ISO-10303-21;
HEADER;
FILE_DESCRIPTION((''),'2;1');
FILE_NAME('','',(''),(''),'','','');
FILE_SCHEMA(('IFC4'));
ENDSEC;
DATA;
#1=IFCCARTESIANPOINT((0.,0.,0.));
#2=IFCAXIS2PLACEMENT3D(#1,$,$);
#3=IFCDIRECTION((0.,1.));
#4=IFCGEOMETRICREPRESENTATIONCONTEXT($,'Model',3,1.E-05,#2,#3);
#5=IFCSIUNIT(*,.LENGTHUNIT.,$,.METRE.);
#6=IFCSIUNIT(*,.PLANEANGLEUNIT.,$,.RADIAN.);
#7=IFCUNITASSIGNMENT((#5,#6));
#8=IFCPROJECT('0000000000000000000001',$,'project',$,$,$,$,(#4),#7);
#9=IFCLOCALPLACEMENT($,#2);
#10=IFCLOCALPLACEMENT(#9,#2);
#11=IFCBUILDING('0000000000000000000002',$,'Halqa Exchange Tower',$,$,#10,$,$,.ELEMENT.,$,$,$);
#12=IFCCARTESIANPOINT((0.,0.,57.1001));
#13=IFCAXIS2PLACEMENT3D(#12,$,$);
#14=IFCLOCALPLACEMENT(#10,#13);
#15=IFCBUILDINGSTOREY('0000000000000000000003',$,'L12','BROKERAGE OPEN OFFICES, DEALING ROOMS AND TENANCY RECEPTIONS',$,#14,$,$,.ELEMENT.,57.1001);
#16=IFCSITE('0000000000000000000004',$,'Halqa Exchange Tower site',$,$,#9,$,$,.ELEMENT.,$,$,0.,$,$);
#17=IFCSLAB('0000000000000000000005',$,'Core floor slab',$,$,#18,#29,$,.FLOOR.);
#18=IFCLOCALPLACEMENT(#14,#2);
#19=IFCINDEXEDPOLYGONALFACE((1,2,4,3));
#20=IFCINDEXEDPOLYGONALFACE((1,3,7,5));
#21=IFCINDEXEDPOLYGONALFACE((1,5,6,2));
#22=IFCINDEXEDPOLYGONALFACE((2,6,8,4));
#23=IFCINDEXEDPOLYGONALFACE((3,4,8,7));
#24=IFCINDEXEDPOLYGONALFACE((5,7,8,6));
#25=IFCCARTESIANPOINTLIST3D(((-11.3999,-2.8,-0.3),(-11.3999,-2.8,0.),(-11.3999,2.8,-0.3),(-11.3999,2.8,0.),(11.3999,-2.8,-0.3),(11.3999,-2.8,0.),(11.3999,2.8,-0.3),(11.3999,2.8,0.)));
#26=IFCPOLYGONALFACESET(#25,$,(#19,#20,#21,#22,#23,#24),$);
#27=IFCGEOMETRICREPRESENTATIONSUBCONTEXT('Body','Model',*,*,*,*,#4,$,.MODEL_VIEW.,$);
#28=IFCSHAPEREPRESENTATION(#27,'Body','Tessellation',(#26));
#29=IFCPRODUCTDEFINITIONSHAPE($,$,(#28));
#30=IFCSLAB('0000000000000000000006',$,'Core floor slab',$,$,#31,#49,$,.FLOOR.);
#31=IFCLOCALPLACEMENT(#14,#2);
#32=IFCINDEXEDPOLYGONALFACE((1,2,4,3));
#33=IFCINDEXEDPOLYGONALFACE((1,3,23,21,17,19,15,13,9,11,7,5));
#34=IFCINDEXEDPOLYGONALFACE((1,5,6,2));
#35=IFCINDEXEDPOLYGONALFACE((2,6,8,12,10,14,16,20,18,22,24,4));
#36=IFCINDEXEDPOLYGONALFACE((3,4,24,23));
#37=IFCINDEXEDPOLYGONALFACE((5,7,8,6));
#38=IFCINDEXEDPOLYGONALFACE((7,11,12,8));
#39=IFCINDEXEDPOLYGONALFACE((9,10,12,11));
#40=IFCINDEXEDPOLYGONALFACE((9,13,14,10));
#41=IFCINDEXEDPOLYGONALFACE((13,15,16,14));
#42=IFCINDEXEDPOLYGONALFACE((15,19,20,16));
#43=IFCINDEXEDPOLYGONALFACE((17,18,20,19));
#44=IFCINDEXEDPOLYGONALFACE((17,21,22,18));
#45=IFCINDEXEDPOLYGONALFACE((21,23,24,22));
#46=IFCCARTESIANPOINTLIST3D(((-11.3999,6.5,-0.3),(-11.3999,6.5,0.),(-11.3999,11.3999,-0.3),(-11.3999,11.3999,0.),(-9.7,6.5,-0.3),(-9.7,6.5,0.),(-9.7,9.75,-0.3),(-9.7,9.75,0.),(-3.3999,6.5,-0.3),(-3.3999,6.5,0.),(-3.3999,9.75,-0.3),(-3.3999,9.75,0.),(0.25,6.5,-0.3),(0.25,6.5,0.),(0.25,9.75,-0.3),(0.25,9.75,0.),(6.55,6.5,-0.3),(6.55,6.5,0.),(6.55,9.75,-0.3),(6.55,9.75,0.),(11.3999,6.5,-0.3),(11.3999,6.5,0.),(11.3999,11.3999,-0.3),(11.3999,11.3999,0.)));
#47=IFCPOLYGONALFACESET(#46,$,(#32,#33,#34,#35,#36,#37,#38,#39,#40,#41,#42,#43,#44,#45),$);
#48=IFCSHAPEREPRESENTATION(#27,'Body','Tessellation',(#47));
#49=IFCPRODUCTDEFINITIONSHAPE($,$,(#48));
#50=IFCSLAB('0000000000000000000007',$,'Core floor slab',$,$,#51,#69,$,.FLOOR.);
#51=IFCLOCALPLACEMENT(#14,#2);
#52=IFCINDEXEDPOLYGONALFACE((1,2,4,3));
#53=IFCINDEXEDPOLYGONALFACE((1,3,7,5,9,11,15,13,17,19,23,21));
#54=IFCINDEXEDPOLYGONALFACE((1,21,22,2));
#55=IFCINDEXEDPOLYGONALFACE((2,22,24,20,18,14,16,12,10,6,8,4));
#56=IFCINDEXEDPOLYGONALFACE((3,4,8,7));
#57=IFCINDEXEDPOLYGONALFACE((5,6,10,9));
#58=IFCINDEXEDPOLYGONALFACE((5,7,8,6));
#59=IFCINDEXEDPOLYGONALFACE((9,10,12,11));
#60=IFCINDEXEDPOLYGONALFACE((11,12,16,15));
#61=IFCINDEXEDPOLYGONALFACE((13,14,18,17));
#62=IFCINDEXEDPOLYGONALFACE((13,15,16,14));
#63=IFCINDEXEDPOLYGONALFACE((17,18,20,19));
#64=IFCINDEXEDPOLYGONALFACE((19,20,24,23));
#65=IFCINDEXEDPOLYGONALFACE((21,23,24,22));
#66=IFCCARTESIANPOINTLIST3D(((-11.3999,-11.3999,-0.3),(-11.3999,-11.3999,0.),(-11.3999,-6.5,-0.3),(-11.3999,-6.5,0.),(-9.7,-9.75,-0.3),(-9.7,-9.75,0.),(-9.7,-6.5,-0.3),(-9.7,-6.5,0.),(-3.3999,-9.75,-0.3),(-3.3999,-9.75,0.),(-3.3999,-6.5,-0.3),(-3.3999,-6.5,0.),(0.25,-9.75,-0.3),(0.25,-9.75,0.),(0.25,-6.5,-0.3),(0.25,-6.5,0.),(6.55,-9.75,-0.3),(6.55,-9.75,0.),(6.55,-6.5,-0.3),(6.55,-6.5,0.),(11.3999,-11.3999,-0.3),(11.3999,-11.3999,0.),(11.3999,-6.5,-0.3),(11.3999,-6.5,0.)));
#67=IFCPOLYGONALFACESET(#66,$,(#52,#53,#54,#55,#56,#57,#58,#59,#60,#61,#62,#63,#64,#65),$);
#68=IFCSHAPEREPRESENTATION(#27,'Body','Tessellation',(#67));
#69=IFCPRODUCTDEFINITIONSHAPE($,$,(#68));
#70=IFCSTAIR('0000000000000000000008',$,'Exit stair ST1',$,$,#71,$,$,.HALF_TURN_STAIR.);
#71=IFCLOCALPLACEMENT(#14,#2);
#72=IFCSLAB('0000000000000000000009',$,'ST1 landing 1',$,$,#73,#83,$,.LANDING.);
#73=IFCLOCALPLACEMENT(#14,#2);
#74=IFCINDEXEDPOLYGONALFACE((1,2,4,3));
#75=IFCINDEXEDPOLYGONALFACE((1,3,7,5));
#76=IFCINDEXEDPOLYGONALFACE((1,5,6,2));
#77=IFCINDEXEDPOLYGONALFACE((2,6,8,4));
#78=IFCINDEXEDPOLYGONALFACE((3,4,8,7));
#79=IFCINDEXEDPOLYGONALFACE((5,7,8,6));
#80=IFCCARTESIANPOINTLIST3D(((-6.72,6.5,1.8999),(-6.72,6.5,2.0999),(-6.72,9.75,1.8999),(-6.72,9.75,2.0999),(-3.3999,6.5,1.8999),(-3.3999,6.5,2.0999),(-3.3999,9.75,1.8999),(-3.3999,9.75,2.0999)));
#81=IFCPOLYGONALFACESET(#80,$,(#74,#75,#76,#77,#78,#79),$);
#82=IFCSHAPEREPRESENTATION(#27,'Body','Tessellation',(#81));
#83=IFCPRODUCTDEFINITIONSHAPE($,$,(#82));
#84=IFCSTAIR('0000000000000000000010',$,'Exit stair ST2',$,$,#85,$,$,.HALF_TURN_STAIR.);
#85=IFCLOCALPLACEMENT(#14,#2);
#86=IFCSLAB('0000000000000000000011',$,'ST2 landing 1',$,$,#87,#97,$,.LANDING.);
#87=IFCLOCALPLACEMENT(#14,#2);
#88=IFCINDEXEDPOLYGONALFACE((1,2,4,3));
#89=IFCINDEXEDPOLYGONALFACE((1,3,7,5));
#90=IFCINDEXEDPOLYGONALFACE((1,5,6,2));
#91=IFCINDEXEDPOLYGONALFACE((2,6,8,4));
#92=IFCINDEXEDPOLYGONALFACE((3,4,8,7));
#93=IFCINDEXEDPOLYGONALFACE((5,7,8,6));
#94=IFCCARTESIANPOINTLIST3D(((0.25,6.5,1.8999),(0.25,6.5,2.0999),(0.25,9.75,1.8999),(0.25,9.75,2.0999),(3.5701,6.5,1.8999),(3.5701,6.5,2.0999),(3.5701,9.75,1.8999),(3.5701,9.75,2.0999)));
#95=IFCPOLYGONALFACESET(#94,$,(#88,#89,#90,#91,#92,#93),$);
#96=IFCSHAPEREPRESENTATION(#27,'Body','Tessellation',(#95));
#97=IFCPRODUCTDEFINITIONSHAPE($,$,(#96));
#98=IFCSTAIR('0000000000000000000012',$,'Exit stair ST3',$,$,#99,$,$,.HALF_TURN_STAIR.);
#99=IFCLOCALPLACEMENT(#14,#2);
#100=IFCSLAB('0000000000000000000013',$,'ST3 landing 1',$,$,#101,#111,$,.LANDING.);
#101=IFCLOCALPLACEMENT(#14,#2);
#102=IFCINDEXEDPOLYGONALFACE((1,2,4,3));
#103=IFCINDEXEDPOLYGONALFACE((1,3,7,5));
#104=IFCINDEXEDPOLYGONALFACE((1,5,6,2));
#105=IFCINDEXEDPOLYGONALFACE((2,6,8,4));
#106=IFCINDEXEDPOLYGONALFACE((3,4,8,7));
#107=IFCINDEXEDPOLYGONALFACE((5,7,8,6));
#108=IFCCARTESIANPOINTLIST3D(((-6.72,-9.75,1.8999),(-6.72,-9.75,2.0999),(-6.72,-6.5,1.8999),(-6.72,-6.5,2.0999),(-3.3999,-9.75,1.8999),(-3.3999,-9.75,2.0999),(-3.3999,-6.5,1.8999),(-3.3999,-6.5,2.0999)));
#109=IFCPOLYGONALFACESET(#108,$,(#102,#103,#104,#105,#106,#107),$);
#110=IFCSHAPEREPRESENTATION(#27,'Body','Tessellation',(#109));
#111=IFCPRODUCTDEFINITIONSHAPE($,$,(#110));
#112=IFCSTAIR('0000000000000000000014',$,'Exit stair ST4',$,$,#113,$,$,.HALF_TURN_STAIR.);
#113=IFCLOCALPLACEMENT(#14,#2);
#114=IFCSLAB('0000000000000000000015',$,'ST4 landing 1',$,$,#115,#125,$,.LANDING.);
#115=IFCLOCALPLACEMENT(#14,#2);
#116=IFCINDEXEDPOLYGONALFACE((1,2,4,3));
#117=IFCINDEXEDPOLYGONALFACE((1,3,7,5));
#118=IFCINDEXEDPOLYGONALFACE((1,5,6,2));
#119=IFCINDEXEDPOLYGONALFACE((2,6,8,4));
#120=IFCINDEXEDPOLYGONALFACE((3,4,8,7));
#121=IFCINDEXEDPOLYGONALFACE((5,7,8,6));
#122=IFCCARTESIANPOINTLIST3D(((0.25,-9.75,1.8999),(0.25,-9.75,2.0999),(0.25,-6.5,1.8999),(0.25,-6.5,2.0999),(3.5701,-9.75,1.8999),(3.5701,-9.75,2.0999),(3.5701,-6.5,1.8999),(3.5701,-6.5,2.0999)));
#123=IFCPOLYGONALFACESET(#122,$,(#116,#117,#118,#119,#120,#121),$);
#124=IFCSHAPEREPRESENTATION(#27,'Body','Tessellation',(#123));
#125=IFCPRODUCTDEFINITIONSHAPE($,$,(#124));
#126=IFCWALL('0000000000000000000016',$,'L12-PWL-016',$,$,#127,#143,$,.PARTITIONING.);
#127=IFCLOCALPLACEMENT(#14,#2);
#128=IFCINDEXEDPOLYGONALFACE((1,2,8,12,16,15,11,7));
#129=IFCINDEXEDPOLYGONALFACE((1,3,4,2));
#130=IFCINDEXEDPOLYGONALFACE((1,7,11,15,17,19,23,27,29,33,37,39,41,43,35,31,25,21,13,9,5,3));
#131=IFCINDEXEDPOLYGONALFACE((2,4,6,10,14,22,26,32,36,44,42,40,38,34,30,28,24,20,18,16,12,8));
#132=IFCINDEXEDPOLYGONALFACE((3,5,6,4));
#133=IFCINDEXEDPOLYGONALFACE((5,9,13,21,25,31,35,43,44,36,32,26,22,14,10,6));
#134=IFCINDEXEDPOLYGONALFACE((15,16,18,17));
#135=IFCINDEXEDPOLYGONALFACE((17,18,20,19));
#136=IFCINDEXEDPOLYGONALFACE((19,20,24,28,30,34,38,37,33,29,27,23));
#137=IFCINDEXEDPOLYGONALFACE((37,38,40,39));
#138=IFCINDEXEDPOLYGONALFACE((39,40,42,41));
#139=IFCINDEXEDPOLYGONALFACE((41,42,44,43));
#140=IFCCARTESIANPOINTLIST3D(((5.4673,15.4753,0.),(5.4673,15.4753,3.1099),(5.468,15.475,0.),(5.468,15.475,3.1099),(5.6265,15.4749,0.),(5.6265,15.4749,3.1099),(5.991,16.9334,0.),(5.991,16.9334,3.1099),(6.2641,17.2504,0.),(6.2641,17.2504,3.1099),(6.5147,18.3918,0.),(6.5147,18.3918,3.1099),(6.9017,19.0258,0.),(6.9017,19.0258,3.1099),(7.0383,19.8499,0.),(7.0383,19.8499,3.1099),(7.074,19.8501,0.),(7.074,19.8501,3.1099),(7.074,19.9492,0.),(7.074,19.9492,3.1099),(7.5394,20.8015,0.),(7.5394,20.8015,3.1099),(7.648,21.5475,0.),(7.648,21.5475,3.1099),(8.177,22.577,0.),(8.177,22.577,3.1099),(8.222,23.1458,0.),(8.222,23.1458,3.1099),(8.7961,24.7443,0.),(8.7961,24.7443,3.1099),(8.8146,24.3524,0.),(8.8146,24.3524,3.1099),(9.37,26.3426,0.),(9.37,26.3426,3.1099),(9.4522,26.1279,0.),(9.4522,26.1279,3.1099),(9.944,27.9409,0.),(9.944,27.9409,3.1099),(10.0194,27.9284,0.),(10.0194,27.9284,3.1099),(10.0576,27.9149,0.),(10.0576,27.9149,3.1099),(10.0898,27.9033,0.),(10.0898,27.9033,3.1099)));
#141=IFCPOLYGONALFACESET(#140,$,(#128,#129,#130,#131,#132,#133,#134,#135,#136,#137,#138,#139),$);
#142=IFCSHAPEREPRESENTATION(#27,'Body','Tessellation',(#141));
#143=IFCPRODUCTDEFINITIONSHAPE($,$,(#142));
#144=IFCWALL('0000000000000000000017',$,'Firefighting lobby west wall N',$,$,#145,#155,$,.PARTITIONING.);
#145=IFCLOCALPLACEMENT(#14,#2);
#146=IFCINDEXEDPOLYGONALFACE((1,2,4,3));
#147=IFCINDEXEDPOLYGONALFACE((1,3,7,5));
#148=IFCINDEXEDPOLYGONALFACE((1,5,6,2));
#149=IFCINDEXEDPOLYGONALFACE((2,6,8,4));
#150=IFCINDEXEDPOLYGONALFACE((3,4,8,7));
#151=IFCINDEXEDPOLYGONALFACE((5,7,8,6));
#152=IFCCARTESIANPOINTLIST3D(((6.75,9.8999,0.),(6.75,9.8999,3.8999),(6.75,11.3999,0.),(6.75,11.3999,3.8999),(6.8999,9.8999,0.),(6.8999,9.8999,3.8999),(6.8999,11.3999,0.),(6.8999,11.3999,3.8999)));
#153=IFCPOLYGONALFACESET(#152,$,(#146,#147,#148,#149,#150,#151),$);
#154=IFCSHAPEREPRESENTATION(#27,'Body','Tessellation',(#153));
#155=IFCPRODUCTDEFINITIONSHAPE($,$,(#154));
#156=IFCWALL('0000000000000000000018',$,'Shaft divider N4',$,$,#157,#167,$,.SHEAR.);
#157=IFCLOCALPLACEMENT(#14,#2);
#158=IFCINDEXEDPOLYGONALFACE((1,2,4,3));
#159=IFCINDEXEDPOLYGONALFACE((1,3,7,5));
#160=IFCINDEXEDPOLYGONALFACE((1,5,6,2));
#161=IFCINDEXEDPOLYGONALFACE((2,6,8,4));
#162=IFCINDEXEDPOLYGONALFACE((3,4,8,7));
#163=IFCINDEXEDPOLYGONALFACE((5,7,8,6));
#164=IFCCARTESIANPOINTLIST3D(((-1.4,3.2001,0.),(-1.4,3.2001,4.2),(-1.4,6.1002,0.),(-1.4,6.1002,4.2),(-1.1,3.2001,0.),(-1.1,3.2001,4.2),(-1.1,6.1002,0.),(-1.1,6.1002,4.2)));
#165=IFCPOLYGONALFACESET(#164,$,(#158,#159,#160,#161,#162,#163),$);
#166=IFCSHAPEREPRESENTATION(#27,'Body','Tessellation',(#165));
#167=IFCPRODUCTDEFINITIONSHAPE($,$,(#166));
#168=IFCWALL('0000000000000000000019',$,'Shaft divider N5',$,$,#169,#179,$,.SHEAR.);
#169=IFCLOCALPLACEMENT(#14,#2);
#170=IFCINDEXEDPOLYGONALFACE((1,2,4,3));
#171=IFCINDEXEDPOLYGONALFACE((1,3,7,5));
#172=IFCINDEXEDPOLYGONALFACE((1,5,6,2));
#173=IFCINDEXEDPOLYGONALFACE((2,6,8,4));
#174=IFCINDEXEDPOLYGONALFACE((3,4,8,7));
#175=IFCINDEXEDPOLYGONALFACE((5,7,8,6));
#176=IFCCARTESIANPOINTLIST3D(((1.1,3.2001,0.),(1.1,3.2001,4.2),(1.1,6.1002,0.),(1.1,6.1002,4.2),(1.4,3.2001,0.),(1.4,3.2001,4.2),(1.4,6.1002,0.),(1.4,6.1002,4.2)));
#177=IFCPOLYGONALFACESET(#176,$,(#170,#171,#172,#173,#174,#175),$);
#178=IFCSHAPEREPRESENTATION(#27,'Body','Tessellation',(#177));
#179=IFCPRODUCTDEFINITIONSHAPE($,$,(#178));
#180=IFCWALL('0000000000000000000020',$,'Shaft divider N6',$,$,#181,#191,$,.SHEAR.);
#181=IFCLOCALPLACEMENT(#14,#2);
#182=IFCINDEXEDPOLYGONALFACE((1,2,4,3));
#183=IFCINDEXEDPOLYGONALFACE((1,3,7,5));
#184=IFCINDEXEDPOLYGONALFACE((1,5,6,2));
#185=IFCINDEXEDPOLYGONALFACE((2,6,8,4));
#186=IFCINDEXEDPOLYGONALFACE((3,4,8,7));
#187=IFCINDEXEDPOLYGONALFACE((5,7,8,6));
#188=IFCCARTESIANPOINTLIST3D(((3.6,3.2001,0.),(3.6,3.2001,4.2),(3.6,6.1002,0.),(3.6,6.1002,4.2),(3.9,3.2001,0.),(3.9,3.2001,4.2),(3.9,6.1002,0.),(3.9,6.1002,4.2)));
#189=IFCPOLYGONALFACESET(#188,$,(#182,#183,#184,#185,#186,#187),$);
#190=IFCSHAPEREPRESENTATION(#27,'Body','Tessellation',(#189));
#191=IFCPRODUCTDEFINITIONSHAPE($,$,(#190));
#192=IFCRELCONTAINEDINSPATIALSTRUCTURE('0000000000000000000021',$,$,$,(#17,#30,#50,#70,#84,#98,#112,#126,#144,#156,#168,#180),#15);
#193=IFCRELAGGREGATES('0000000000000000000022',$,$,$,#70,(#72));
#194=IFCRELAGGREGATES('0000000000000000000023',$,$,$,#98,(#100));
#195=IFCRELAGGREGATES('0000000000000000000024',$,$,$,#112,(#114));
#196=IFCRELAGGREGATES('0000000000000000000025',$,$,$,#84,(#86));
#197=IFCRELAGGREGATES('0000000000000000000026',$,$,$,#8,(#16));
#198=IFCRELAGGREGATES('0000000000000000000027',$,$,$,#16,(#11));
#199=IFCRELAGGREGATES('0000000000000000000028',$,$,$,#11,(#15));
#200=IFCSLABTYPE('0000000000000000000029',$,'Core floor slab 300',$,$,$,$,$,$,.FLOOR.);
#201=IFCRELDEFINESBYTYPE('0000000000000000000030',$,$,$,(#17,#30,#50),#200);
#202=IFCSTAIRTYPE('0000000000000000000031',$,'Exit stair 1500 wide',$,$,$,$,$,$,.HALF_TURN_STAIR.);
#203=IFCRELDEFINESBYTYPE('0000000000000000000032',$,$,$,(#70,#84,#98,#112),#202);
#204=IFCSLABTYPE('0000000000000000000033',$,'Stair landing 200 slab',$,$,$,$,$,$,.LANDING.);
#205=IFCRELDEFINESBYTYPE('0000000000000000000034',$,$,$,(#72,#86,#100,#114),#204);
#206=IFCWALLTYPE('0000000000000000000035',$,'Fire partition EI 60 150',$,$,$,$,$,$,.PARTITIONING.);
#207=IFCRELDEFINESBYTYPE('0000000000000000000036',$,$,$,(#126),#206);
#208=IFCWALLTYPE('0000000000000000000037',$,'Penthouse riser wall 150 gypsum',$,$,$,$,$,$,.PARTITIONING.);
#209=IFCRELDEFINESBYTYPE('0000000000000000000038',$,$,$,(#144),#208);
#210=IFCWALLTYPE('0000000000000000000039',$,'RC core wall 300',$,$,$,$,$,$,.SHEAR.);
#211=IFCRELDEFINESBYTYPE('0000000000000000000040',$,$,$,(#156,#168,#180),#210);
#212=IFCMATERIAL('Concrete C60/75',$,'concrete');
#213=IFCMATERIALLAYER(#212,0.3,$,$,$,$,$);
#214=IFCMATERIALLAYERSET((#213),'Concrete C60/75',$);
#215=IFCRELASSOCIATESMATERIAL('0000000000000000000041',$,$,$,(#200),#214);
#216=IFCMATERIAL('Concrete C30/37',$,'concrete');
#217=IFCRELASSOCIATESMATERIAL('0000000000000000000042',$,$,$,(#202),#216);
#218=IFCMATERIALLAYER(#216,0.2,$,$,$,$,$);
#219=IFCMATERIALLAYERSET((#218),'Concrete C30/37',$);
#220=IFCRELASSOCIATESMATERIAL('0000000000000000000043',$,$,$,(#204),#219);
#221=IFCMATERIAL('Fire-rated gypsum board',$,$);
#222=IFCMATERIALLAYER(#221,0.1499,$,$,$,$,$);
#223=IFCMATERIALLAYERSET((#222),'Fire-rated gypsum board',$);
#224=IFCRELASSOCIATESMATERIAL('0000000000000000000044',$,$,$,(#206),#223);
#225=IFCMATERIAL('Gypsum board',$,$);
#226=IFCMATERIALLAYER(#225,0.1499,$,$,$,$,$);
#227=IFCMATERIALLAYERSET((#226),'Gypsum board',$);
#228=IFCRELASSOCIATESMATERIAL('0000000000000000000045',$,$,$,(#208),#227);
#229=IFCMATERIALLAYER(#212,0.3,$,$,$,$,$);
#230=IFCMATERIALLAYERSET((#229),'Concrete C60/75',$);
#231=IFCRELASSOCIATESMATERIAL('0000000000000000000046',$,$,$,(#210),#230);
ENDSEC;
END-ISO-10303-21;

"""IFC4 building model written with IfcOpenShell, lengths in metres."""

from ifc_helpers import new_model, si_unit, direction, frame, frame_2d, origin, place, context, subcontext, project, spatial, polyline, rectangle, outline, extrude, material, layer, layer_set, type_object, element, aggregate, save


model = new_model("IFC4")

# Units and contexts
model_context = context("Model", 3, precision=1e-05, world=origin(), true_north=direction((0.0, 1.0)))
body_context = subcontext(model_context, "Body", "Model", "MODEL_VIEW")
ifc_project = project(units=[si_unit("LENGTHUNIT", "METRE"), si_unit("PLANEANGLEUNIT", "RADIAN")], contexts=[model_context])

# Site, building, storey
site_placement = place(None, origin())
site = spatial("IfcSite", under=ifc_project, at=site_placement, Name="Halqa Exchange Tower site", CompositionType="ELEMENT", RefElevation=0.0)
building_placement = place(site_placement, origin())
building = spatial("IfcBuilding", under=site, at=building_placement, Name="Halqa Exchange Tower", CompositionType="ELEMENT")
storey_placement = place(building_placement, frame((0.0, 0.0, 57.1001)))
storey = spatial("IfcBuildingStorey", under=building, at=storey_placement, Name="L12", Description="BROKERAGE OPEN OFFICES, DEALING ROOMS AND TENANCY RECEPTIONS", CompositionType="ELEMENT", Elevation=57.1001)

# Shared definitions
ifc_material_1 = material(Name="Concrete C60/75", Category="concrete")

# Slabs
ifc_layer_1 = layer(ifc_material_1, 0.3)
ifc_layer_set_1 = layer_set([ifc_layer_1], Name="Concrete C60/75")
slab_type_1 = type_object("IfcSlabType", Name="Core floor slab 300", PredefinedType="FLOOR", material=ifc_layer_set_1)
slab_1_placement = place(storey_placement, frame((0.0, 0.0, -0.3)))
element("IfcSlab", 1, at=slab_1_placement, inside=storey, type_object=slab_type_1, Name="Core floor slab", PredefinedType="FLOOR", context=body_context, shape_type="SweptSolid", body=[
    extrude(outline(polyline([(-11.3999, 2.8), (11.3999, 2.8), (11.3999, -2.8), (-11.3999, -2.8), (-11.3999, 2.8)])), origin(), (0.0, 0.0, 1.0), 0.3),
])
slab_2_placement = place(storey_placement, frame((0.0, 0.0, -0.3)))
element("IfcSlab", 2, at=slab_2_placement, inside=storey, type_object=slab_type_1, Name="Core floor slab", PredefinedType="FLOOR", context=body_context, shape_type="SweptSolid", body=[
    extrude(outline(polyline([(-11.3999, 11.3999), (11.3999, 11.3999), (11.3999, 6.5), (6.55, 6.5), (6.55, 9.75), (0.25, 9.75), (0.25, 6.5), (-3.3999, 6.5), (-3.3999, 9.75), (-9.7, 9.75), (-9.7, 6.5), (-11.3999, 6.5), (-11.3999, 11.3999)])), origin(), (0.0, 0.0, 1.0), 0.3),
])
slab_3_placement = place(storey_placement, frame((0.0, 0.0, -0.3)))
element("IfcSlab", 3, at=slab_3_placement, inside=storey, type_object=slab_type_1, Name="Core floor slab", PredefinedType="FLOOR", context=body_context, shape_type="SweptSolid", body=[
    extrude(outline(polyline([(-9.7, -9.75), (-3.3999, -9.75), (-3.3999, -6.5), (0.25, -6.5), (0.25, -9.75), (6.55, -9.75), (6.55, -6.5), (11.3999, -6.5), (11.3999, -11.3999), (-11.3999, -11.3999), (-11.3999, -6.5), (-9.7, -6.5), (-9.7, -9.75)])), origin(), (0.0, 0.0, 1.0), 0.3),
])

# Stairs, slabs
ifc_material_2 = material(Name="Concrete C30/37", Category="concrete")
stair_type = type_object("IfcStairType", Name="Exit stair 1500 wide", PredefinedType="HALF_TURN_STAIR", material=ifc_material_2)
stair_1_placement = place(storey_placement, origin())
stair_1 = element("IfcStair", 4, at=stair_1_placement, inside=storey, type_object=stair_type, Name="Exit stair ST1", PredefinedType="HALF_TURN_STAIR")
ifc_layer_2 = layer(ifc_material_2, 0.2)
ifc_layer_set_2 = layer_set([ifc_layer_2], Name="Concrete C30/37")
slab_type_2 = type_object("IfcSlabType", Name="Stair landing 200 slab", PredefinedType="LANDING", material=ifc_layer_set_2)
slab_4_placement = place(storey_placement, frame((0.0, 0.0, 1.8999)))
slab_4 = element("IfcSlab", 5, at=slab_4_placement, type_object=slab_type_2, Name="ST1 landing 1", PredefinedType="LANDING", context=body_context, shape_type="SweptSolid", body=[
    extrude(outline(polyline([(-6.72, 6.5), (-3.3999, 6.5), (-3.3999, 9.75), (-6.72, 9.75), (-6.72, 6.5)])), origin(), (0.0, 0.0, 1.0), 0.2),
])
aggregate(stair_1, [slab_4])
stair_2_placement = place(storey_placement, origin())
stair_2 = element("IfcStair", 6, at=stair_2_placement, inside=storey, type_object=stair_type, Name="Exit stair ST2", PredefinedType="HALF_TURN_STAIR")
slab_5_placement = place(storey_placement, frame((0.0, 0.0, 1.8999)))
slab_5 = element("IfcSlab", 7, at=slab_5_placement, type_object=slab_type_2, Name="ST2 landing 1", PredefinedType="LANDING", context=body_context, shape_type="SweptSolid", body=[
    extrude(outline(polyline([(0.25, 6.5), (3.5701, 6.5), (3.5701, 9.75), (0.25, 9.75), (0.25, 6.5)])), origin(), (0.0, 0.0, 1.0), 0.2),
])
stair_3_placement = place(storey_placement, origin())
stair_3 = element("IfcStair", 8, at=stair_3_placement, inside=storey, type_object=stair_type, Name="Exit stair ST3", PredefinedType="HALF_TURN_STAIR")
slab_6_placement = place(storey_placement, frame((0.0, 0.0, 1.8999)))
slab_6 = element("IfcSlab", 9, at=slab_6_placement, type_object=slab_type_2, Name="ST3 landing 1", PredefinedType="LANDING", context=body_context, shape_type="SweptSolid", body=[
    extrude(outline(polyline([(-6.72, -9.75), (-3.3999, -9.75), (-3.3999, -6.5), (-6.72, -6.5), (-6.72, -9.75)])), origin(), (0.0, 0.0, 1.0), 0.2),
])
aggregate(stair_3, [slab_6])
stair_4_placement = place(storey_placement, origin())
stair_4 = element("IfcStair", 10, at=stair_4_placement, inside=storey, type_object=stair_type, Name="Exit stair ST4", PredefinedType="HALF_TURN_STAIR")
slab_7_placement = place(storey_placement, frame((0.0, 0.0, 1.8999)))
slab_7 = element("IfcSlab", 11, at=slab_7_placement, type_object=slab_type_2, Name="ST4 landing 1", PredefinedType="LANDING", context=body_context, shape_type="SweptSolid", body=[
    extrude(outline(polyline([(0.25, -9.75), (3.5701, -9.75), (3.5701, -6.5), (0.25, -6.5), (0.25, -9.75)])), origin(), (0.0, 0.0, 1.0), 0.2),
])
aggregate(stair_4, [slab_7])

# Walls
ifc_material_3 = material(Name="Fire-rated gypsum board")
ifc_layer_3 = layer(ifc_material_3, 0.1499)
ifc_layer_set_3 = layer_set([ifc_layer_3], Name="Fire-rated gypsum board")
wall_type_1 = type_object("IfcWallType", Name="Fire partition EI 60 150", PredefinedType="PARTITIONING", material=ifc_layer_set_3)
wall_1_placement = place(storey_placement, frame((5.5378, 15.45, 0.0), z_axis=(0.0, 0.0, 1.0), x_axis=(0.337991, 0.941149, 0.0)))
element("IfcWall", 12, at=wall_1_placement, inside=storey, type_object=wall_type_1, Name="L12-PWL-016", PredefinedType="PARTITIONING", context=body_context, shape_type="SweptSolid", body=[
    extrude(outline(polyline([(13.259, -0.075), (13.259, -0.0408), (13.2588, -0.0002), (13.2451, 0.075), (11.5469, 0.075), (9.8486, 0.075), (8.1501, 0.075), (6.4519, 0.075), (4.7537, 0.075), (4.6604, 0.0415), (4.6482, 0.075), (3.0989, 0.075), (1.5493, 0.075), (0.0, 0.075), (0.0, 0.0742), (0.0535, -0.075), (1.9399, -0.075), (3.8264, -0.075), (5.7131, -0.075), (7.5996, -0.075), (9.4861, -0.075), (11.3726, -0.075), (13.259, -0.075)])), origin(), (0.0, 0.0, 1.0), 3.1099),
])
ifc_material_4 = material(Name="Gypsum board")
ifc_layer_4 = layer(ifc_material_4, 0.1499)
ifc_layer_set_4 = layer_set([ifc_layer_4], Name="Gypsum board")
wall_type_2 = type_object("IfcWallType", Name="Penthouse riser wall 150 gypsum", PredefinedType="PARTITIONING", material=ifc_layer_set_4)
wall_2_placement = place(storey_placement, frame((6.825, 9.8999, 0.0), z_axis=(0.0, 0.0, 1.0), x_axis=(0.0, 1.0, 0.0)))
element("IfcWall", 13, at=wall_2_placement, inside=storey, type_object=wall_type_2, Name="Firefighting lobby west wall N", PredefinedType="PARTITIONING", context=body_context, shape_type="SweptSolid", body=[
    extrude(rectangle(XDim=1.5, YDim=0.1499, at=frame_2d((0.75, 0.0))), origin(), (0.0, 0.0, 1.0), 3.8999),
])
ifc_layer_5 = layer(ifc_material_1, 0.3)
ifc_layer_set_5 = layer_set([ifc_layer_5], Name="Concrete C60/75")
wall_type_3 = type_object("IfcWallType", Name="RC core wall 300", PredefinedType="SHEAR", material=ifc_layer_set_5)
for number, where, z_axis, x_axis, name in (
    (14, (-1.25, 3.2, 0.0), (0.0, 0.0, 1.0), (0.0, 1.0, 0.0), "Shaft divider N4"),
    (15, (1.25, 3.2, 0.0), (0.0, 0.0, 1.0), (0.0, 1.0, 0.0), "Shaft divider N5"),
    (16, (3.75, 3.2, 0.0), (0.0, 0.0, 1.0), (0.0, 1.0, 0.0), "Shaft divider N6"),
):
    element("IfcWall", number, at=place(storey_placement, frame(where, z_axis=z_axis, x_axis=x_axis)), inside=storey, type_object=wall_type_3, Name=name, PredefinedType="SHEAR", context=body_context, shape_type="SweptSolid", body=[
        extrude(rectangle(XDim=2.9001, YDim=0.3, at=frame_2d((1.4502, 0.0))), origin(), (0.0, 0.0, 1.0), 4.2),
    ])

aggregate(stair_2, [slab_5])

save(model, "model.ifc")
